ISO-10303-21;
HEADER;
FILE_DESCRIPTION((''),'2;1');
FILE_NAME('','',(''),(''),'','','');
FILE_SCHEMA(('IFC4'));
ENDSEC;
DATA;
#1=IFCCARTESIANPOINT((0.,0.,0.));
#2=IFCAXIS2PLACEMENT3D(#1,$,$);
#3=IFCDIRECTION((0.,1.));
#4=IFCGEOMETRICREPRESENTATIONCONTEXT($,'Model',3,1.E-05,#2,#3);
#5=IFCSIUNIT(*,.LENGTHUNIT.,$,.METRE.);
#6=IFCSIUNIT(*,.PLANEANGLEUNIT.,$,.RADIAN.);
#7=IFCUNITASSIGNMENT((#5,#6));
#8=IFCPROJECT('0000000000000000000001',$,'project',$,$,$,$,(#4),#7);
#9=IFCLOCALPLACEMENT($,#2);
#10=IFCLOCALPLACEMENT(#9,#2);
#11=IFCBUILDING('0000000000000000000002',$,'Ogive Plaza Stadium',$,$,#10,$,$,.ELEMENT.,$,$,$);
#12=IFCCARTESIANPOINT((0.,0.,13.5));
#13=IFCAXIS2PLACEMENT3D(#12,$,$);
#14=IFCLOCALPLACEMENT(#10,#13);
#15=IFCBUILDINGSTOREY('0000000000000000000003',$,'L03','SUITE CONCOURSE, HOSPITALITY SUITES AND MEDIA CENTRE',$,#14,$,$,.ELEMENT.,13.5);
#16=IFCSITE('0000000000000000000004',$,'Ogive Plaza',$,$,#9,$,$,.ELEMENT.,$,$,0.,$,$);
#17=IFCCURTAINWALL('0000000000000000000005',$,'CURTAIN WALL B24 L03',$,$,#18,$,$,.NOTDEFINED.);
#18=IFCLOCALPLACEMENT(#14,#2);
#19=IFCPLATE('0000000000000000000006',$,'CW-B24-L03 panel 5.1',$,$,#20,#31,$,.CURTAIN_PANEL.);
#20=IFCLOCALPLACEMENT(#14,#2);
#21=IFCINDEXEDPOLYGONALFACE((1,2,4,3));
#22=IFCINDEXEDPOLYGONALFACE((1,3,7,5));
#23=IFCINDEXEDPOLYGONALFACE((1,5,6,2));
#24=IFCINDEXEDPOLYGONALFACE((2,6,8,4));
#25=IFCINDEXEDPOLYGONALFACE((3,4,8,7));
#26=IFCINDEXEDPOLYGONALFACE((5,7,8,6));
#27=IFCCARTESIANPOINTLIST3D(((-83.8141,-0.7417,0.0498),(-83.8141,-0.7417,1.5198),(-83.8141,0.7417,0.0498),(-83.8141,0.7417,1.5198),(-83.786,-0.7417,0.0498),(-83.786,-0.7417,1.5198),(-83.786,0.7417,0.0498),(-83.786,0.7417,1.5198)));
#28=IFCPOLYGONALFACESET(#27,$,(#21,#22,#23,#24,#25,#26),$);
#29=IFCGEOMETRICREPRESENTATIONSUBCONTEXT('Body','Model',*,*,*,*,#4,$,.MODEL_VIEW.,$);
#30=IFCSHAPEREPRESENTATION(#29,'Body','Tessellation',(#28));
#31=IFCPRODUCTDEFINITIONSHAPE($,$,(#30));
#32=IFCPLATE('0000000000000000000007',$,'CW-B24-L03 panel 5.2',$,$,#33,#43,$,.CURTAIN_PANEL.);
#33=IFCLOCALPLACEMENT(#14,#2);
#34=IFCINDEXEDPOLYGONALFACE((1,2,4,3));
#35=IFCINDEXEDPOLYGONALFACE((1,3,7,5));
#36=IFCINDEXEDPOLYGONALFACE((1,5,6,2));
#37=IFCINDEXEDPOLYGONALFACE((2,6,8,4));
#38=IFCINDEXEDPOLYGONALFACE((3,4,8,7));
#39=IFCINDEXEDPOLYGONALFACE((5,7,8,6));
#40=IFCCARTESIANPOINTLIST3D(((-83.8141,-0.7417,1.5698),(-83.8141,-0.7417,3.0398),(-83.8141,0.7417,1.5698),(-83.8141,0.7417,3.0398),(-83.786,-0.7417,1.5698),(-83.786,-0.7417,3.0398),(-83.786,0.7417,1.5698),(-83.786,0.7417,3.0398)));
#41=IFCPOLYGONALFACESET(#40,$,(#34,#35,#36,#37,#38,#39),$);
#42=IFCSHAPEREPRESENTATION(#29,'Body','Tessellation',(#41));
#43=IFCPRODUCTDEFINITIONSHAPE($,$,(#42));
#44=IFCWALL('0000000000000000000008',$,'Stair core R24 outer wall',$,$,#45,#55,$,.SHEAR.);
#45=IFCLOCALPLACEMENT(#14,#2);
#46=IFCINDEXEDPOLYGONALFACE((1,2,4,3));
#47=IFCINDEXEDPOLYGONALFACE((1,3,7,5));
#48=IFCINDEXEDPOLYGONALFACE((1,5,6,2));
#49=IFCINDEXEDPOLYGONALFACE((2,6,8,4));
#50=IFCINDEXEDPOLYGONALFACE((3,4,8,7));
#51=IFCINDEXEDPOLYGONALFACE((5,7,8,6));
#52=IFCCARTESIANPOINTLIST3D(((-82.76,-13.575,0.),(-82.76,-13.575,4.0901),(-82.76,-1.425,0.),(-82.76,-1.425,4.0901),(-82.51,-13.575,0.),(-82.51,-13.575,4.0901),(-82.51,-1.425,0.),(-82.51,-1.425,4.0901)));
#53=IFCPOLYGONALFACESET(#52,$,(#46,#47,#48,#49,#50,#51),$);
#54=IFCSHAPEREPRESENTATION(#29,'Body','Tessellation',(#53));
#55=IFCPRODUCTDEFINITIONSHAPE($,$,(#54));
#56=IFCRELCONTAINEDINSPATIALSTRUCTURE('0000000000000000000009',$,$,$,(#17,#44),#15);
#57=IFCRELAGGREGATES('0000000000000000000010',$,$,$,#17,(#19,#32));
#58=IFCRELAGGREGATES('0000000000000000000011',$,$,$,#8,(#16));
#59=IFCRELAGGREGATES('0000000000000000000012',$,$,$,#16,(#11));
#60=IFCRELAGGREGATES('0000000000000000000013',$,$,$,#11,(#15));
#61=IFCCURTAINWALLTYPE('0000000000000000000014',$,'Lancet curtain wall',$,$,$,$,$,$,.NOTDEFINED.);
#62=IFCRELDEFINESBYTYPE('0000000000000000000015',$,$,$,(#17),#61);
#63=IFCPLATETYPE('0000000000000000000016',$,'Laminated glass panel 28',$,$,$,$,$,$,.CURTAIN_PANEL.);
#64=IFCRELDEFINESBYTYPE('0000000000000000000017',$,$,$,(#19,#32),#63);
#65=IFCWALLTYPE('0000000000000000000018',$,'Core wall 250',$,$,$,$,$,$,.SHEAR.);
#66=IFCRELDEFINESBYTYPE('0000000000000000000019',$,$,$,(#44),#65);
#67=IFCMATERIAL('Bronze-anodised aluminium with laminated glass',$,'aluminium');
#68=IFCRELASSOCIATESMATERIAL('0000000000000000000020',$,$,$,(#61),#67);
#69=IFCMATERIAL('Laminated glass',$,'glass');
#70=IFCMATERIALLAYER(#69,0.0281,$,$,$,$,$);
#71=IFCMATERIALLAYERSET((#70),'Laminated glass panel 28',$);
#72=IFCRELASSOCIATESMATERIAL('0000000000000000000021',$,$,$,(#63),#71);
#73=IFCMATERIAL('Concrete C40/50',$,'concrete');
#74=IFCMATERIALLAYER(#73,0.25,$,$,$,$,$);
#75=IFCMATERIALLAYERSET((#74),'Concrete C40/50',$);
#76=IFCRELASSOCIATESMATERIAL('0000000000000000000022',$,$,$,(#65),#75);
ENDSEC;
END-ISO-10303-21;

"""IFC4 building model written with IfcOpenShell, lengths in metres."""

from ifc_helpers import new_model, si_unit, direction, frame, frame_2d, origin, origin_2d, place, context, subcontext, project, spatial, rectangle, extrude, material, layer, layer_set, type_object, element, aggregate, save


model = new_model("IFC4")

# Units and contexts
model_context = context("Model", 3, precision=1e-05, world=origin(), true_north=direction((0.0, 1.0)))
body_context = subcontext(model_context, "Body", "Model", "MODEL_VIEW")
ifc_project = project(units=[si_unit("LENGTHUNIT", "METRE"), si_unit("PLANEANGLEUNIT", "RADIAN")], contexts=[model_context])

# Site, building, storey
site_placement = place(None, origin())
site = spatial("IfcSite", under=ifc_project, at=site_placement, Name="Ogive Plaza", CompositionType="ELEMENT", RefElevation=0.0)
building_placement = place(site_placement, origin())
building = spatial("IfcBuilding", under=site, at=building_placement, Name="Ogive Plaza Stadium", CompositionType="ELEMENT")
storey_placement = place(building_placement, frame((0.0, 0.0, 13.5)))
storey = spatial("IfcBuildingStorey", under=building, at=storey_placement, Name="L03", Description="SUITE CONCOURSE, HOSPITALITY SUITES AND MEDIA CENTRE", CompositionType="ELEMENT", Elevation=13.5)

# Curtain wall
ifc_material_1 = material(Name="Bronze-anodised aluminium with laminated glass", Category="aluminium")
curtain_wall_type = type_object("IfcCurtainWallType", Name="Lancet curtain wall", PredefinedType="NOTDEFINED", material=ifc_material_1)
curtain_wall_placement = place(storey_placement, origin())
curtain_wall = element("IfcCurtainWall", 1, at=curtain_wall_placement, inside=storey, type_object=curtain_wall_type, Name="CURTAIN WALL B24 L03", PredefinedType="NOTDEFINED")

# Plates
ifc_material_2 = material(Name="Laminated glass", Category="glass")
ifc_layer_1 = layer(ifc_material_2, 0.0281)
ifc_layer_set_1 = layer_set([ifc_layer_1], Name="Laminated glass panel 28")
plate_type = type_object("IfcPlateType", Name="Laminated glass panel 28", PredefinedType="CURTAIN_PANEL", material=ifc_layer_set_1)
plate_1_placement = place(storey_placement, frame((-83.8, 0.0, 0.0498), z_axis=(0.0, 0.0, 1.0), x_axis=(0.0, 1.0, 0.0)))
plate_1 = element("IfcPlate", 2, at=plate_1_placement, type_object=plate_type, Name="CW-B24-L03 panel 5.1", PredefinedType="CURTAIN_PANEL", context=body_context, shape_type="SweptSolid", body=[
    extrude(rectangle(XDim=1.4834, YDim=0.0281, at=origin_2d()), origin(), (0.0, 0.0, 1.0), 1.47),
])
plate_2_placement = place(storey_placement, frame((-83.8, 0.0, 1.5698), z_axis=(0.0, 0.0, 1.0), x_axis=(0.0, 1.0, 0.0)))
plate_2 = element("IfcPlate", 3, at=plate_2_placement, type_object=plate_type, Name="CW-B24-L03 panel 5.2", PredefinedType="CURTAIN_PANEL", context=body_context, shape_type="SweptSolid", body=[
    extrude(rectangle(XDim=1.4834, YDim=0.0281, at=origin_2d()), origin(), (0.0, 0.0, 1.0), 1.47),
])
aggregate(curtain_wall, [plate_1, plate_2])

# Wall
ifc_material_3 = material(Name="Concrete C40/50", Category="concrete")
ifc_layer_2 = layer(ifc_material_3, 0.25)
ifc_layer_set_2 = layer_set([ifc_layer_2], Name="Concrete C40/50")
wall_type = type_object("IfcWallType", Name="Core wall 250", PredefinedType="SHEAR", material=ifc_layer_set_2)
wall_placement = place(storey_placement, frame((-82.635, -1.425, 0.0), z_axis=(0.0, 0.0, 1.0), x_axis=(0.0, -1.0, 0.0)))
element("IfcWall", 4, at=wall_placement, inside=storey, type_object=wall_type, Name="Stair core R24 outer wall", PredefinedType="SHEAR", context=body_context, shape_type="SweptSolid", body=[
    extrude(rectangle(XDim=12.1499, YDim=0.25, at=frame_2d((6.075, 0.0))), origin(), (0.0, 0.0, 1.0), 4.0901),
])

save(model, "model.ifc")
